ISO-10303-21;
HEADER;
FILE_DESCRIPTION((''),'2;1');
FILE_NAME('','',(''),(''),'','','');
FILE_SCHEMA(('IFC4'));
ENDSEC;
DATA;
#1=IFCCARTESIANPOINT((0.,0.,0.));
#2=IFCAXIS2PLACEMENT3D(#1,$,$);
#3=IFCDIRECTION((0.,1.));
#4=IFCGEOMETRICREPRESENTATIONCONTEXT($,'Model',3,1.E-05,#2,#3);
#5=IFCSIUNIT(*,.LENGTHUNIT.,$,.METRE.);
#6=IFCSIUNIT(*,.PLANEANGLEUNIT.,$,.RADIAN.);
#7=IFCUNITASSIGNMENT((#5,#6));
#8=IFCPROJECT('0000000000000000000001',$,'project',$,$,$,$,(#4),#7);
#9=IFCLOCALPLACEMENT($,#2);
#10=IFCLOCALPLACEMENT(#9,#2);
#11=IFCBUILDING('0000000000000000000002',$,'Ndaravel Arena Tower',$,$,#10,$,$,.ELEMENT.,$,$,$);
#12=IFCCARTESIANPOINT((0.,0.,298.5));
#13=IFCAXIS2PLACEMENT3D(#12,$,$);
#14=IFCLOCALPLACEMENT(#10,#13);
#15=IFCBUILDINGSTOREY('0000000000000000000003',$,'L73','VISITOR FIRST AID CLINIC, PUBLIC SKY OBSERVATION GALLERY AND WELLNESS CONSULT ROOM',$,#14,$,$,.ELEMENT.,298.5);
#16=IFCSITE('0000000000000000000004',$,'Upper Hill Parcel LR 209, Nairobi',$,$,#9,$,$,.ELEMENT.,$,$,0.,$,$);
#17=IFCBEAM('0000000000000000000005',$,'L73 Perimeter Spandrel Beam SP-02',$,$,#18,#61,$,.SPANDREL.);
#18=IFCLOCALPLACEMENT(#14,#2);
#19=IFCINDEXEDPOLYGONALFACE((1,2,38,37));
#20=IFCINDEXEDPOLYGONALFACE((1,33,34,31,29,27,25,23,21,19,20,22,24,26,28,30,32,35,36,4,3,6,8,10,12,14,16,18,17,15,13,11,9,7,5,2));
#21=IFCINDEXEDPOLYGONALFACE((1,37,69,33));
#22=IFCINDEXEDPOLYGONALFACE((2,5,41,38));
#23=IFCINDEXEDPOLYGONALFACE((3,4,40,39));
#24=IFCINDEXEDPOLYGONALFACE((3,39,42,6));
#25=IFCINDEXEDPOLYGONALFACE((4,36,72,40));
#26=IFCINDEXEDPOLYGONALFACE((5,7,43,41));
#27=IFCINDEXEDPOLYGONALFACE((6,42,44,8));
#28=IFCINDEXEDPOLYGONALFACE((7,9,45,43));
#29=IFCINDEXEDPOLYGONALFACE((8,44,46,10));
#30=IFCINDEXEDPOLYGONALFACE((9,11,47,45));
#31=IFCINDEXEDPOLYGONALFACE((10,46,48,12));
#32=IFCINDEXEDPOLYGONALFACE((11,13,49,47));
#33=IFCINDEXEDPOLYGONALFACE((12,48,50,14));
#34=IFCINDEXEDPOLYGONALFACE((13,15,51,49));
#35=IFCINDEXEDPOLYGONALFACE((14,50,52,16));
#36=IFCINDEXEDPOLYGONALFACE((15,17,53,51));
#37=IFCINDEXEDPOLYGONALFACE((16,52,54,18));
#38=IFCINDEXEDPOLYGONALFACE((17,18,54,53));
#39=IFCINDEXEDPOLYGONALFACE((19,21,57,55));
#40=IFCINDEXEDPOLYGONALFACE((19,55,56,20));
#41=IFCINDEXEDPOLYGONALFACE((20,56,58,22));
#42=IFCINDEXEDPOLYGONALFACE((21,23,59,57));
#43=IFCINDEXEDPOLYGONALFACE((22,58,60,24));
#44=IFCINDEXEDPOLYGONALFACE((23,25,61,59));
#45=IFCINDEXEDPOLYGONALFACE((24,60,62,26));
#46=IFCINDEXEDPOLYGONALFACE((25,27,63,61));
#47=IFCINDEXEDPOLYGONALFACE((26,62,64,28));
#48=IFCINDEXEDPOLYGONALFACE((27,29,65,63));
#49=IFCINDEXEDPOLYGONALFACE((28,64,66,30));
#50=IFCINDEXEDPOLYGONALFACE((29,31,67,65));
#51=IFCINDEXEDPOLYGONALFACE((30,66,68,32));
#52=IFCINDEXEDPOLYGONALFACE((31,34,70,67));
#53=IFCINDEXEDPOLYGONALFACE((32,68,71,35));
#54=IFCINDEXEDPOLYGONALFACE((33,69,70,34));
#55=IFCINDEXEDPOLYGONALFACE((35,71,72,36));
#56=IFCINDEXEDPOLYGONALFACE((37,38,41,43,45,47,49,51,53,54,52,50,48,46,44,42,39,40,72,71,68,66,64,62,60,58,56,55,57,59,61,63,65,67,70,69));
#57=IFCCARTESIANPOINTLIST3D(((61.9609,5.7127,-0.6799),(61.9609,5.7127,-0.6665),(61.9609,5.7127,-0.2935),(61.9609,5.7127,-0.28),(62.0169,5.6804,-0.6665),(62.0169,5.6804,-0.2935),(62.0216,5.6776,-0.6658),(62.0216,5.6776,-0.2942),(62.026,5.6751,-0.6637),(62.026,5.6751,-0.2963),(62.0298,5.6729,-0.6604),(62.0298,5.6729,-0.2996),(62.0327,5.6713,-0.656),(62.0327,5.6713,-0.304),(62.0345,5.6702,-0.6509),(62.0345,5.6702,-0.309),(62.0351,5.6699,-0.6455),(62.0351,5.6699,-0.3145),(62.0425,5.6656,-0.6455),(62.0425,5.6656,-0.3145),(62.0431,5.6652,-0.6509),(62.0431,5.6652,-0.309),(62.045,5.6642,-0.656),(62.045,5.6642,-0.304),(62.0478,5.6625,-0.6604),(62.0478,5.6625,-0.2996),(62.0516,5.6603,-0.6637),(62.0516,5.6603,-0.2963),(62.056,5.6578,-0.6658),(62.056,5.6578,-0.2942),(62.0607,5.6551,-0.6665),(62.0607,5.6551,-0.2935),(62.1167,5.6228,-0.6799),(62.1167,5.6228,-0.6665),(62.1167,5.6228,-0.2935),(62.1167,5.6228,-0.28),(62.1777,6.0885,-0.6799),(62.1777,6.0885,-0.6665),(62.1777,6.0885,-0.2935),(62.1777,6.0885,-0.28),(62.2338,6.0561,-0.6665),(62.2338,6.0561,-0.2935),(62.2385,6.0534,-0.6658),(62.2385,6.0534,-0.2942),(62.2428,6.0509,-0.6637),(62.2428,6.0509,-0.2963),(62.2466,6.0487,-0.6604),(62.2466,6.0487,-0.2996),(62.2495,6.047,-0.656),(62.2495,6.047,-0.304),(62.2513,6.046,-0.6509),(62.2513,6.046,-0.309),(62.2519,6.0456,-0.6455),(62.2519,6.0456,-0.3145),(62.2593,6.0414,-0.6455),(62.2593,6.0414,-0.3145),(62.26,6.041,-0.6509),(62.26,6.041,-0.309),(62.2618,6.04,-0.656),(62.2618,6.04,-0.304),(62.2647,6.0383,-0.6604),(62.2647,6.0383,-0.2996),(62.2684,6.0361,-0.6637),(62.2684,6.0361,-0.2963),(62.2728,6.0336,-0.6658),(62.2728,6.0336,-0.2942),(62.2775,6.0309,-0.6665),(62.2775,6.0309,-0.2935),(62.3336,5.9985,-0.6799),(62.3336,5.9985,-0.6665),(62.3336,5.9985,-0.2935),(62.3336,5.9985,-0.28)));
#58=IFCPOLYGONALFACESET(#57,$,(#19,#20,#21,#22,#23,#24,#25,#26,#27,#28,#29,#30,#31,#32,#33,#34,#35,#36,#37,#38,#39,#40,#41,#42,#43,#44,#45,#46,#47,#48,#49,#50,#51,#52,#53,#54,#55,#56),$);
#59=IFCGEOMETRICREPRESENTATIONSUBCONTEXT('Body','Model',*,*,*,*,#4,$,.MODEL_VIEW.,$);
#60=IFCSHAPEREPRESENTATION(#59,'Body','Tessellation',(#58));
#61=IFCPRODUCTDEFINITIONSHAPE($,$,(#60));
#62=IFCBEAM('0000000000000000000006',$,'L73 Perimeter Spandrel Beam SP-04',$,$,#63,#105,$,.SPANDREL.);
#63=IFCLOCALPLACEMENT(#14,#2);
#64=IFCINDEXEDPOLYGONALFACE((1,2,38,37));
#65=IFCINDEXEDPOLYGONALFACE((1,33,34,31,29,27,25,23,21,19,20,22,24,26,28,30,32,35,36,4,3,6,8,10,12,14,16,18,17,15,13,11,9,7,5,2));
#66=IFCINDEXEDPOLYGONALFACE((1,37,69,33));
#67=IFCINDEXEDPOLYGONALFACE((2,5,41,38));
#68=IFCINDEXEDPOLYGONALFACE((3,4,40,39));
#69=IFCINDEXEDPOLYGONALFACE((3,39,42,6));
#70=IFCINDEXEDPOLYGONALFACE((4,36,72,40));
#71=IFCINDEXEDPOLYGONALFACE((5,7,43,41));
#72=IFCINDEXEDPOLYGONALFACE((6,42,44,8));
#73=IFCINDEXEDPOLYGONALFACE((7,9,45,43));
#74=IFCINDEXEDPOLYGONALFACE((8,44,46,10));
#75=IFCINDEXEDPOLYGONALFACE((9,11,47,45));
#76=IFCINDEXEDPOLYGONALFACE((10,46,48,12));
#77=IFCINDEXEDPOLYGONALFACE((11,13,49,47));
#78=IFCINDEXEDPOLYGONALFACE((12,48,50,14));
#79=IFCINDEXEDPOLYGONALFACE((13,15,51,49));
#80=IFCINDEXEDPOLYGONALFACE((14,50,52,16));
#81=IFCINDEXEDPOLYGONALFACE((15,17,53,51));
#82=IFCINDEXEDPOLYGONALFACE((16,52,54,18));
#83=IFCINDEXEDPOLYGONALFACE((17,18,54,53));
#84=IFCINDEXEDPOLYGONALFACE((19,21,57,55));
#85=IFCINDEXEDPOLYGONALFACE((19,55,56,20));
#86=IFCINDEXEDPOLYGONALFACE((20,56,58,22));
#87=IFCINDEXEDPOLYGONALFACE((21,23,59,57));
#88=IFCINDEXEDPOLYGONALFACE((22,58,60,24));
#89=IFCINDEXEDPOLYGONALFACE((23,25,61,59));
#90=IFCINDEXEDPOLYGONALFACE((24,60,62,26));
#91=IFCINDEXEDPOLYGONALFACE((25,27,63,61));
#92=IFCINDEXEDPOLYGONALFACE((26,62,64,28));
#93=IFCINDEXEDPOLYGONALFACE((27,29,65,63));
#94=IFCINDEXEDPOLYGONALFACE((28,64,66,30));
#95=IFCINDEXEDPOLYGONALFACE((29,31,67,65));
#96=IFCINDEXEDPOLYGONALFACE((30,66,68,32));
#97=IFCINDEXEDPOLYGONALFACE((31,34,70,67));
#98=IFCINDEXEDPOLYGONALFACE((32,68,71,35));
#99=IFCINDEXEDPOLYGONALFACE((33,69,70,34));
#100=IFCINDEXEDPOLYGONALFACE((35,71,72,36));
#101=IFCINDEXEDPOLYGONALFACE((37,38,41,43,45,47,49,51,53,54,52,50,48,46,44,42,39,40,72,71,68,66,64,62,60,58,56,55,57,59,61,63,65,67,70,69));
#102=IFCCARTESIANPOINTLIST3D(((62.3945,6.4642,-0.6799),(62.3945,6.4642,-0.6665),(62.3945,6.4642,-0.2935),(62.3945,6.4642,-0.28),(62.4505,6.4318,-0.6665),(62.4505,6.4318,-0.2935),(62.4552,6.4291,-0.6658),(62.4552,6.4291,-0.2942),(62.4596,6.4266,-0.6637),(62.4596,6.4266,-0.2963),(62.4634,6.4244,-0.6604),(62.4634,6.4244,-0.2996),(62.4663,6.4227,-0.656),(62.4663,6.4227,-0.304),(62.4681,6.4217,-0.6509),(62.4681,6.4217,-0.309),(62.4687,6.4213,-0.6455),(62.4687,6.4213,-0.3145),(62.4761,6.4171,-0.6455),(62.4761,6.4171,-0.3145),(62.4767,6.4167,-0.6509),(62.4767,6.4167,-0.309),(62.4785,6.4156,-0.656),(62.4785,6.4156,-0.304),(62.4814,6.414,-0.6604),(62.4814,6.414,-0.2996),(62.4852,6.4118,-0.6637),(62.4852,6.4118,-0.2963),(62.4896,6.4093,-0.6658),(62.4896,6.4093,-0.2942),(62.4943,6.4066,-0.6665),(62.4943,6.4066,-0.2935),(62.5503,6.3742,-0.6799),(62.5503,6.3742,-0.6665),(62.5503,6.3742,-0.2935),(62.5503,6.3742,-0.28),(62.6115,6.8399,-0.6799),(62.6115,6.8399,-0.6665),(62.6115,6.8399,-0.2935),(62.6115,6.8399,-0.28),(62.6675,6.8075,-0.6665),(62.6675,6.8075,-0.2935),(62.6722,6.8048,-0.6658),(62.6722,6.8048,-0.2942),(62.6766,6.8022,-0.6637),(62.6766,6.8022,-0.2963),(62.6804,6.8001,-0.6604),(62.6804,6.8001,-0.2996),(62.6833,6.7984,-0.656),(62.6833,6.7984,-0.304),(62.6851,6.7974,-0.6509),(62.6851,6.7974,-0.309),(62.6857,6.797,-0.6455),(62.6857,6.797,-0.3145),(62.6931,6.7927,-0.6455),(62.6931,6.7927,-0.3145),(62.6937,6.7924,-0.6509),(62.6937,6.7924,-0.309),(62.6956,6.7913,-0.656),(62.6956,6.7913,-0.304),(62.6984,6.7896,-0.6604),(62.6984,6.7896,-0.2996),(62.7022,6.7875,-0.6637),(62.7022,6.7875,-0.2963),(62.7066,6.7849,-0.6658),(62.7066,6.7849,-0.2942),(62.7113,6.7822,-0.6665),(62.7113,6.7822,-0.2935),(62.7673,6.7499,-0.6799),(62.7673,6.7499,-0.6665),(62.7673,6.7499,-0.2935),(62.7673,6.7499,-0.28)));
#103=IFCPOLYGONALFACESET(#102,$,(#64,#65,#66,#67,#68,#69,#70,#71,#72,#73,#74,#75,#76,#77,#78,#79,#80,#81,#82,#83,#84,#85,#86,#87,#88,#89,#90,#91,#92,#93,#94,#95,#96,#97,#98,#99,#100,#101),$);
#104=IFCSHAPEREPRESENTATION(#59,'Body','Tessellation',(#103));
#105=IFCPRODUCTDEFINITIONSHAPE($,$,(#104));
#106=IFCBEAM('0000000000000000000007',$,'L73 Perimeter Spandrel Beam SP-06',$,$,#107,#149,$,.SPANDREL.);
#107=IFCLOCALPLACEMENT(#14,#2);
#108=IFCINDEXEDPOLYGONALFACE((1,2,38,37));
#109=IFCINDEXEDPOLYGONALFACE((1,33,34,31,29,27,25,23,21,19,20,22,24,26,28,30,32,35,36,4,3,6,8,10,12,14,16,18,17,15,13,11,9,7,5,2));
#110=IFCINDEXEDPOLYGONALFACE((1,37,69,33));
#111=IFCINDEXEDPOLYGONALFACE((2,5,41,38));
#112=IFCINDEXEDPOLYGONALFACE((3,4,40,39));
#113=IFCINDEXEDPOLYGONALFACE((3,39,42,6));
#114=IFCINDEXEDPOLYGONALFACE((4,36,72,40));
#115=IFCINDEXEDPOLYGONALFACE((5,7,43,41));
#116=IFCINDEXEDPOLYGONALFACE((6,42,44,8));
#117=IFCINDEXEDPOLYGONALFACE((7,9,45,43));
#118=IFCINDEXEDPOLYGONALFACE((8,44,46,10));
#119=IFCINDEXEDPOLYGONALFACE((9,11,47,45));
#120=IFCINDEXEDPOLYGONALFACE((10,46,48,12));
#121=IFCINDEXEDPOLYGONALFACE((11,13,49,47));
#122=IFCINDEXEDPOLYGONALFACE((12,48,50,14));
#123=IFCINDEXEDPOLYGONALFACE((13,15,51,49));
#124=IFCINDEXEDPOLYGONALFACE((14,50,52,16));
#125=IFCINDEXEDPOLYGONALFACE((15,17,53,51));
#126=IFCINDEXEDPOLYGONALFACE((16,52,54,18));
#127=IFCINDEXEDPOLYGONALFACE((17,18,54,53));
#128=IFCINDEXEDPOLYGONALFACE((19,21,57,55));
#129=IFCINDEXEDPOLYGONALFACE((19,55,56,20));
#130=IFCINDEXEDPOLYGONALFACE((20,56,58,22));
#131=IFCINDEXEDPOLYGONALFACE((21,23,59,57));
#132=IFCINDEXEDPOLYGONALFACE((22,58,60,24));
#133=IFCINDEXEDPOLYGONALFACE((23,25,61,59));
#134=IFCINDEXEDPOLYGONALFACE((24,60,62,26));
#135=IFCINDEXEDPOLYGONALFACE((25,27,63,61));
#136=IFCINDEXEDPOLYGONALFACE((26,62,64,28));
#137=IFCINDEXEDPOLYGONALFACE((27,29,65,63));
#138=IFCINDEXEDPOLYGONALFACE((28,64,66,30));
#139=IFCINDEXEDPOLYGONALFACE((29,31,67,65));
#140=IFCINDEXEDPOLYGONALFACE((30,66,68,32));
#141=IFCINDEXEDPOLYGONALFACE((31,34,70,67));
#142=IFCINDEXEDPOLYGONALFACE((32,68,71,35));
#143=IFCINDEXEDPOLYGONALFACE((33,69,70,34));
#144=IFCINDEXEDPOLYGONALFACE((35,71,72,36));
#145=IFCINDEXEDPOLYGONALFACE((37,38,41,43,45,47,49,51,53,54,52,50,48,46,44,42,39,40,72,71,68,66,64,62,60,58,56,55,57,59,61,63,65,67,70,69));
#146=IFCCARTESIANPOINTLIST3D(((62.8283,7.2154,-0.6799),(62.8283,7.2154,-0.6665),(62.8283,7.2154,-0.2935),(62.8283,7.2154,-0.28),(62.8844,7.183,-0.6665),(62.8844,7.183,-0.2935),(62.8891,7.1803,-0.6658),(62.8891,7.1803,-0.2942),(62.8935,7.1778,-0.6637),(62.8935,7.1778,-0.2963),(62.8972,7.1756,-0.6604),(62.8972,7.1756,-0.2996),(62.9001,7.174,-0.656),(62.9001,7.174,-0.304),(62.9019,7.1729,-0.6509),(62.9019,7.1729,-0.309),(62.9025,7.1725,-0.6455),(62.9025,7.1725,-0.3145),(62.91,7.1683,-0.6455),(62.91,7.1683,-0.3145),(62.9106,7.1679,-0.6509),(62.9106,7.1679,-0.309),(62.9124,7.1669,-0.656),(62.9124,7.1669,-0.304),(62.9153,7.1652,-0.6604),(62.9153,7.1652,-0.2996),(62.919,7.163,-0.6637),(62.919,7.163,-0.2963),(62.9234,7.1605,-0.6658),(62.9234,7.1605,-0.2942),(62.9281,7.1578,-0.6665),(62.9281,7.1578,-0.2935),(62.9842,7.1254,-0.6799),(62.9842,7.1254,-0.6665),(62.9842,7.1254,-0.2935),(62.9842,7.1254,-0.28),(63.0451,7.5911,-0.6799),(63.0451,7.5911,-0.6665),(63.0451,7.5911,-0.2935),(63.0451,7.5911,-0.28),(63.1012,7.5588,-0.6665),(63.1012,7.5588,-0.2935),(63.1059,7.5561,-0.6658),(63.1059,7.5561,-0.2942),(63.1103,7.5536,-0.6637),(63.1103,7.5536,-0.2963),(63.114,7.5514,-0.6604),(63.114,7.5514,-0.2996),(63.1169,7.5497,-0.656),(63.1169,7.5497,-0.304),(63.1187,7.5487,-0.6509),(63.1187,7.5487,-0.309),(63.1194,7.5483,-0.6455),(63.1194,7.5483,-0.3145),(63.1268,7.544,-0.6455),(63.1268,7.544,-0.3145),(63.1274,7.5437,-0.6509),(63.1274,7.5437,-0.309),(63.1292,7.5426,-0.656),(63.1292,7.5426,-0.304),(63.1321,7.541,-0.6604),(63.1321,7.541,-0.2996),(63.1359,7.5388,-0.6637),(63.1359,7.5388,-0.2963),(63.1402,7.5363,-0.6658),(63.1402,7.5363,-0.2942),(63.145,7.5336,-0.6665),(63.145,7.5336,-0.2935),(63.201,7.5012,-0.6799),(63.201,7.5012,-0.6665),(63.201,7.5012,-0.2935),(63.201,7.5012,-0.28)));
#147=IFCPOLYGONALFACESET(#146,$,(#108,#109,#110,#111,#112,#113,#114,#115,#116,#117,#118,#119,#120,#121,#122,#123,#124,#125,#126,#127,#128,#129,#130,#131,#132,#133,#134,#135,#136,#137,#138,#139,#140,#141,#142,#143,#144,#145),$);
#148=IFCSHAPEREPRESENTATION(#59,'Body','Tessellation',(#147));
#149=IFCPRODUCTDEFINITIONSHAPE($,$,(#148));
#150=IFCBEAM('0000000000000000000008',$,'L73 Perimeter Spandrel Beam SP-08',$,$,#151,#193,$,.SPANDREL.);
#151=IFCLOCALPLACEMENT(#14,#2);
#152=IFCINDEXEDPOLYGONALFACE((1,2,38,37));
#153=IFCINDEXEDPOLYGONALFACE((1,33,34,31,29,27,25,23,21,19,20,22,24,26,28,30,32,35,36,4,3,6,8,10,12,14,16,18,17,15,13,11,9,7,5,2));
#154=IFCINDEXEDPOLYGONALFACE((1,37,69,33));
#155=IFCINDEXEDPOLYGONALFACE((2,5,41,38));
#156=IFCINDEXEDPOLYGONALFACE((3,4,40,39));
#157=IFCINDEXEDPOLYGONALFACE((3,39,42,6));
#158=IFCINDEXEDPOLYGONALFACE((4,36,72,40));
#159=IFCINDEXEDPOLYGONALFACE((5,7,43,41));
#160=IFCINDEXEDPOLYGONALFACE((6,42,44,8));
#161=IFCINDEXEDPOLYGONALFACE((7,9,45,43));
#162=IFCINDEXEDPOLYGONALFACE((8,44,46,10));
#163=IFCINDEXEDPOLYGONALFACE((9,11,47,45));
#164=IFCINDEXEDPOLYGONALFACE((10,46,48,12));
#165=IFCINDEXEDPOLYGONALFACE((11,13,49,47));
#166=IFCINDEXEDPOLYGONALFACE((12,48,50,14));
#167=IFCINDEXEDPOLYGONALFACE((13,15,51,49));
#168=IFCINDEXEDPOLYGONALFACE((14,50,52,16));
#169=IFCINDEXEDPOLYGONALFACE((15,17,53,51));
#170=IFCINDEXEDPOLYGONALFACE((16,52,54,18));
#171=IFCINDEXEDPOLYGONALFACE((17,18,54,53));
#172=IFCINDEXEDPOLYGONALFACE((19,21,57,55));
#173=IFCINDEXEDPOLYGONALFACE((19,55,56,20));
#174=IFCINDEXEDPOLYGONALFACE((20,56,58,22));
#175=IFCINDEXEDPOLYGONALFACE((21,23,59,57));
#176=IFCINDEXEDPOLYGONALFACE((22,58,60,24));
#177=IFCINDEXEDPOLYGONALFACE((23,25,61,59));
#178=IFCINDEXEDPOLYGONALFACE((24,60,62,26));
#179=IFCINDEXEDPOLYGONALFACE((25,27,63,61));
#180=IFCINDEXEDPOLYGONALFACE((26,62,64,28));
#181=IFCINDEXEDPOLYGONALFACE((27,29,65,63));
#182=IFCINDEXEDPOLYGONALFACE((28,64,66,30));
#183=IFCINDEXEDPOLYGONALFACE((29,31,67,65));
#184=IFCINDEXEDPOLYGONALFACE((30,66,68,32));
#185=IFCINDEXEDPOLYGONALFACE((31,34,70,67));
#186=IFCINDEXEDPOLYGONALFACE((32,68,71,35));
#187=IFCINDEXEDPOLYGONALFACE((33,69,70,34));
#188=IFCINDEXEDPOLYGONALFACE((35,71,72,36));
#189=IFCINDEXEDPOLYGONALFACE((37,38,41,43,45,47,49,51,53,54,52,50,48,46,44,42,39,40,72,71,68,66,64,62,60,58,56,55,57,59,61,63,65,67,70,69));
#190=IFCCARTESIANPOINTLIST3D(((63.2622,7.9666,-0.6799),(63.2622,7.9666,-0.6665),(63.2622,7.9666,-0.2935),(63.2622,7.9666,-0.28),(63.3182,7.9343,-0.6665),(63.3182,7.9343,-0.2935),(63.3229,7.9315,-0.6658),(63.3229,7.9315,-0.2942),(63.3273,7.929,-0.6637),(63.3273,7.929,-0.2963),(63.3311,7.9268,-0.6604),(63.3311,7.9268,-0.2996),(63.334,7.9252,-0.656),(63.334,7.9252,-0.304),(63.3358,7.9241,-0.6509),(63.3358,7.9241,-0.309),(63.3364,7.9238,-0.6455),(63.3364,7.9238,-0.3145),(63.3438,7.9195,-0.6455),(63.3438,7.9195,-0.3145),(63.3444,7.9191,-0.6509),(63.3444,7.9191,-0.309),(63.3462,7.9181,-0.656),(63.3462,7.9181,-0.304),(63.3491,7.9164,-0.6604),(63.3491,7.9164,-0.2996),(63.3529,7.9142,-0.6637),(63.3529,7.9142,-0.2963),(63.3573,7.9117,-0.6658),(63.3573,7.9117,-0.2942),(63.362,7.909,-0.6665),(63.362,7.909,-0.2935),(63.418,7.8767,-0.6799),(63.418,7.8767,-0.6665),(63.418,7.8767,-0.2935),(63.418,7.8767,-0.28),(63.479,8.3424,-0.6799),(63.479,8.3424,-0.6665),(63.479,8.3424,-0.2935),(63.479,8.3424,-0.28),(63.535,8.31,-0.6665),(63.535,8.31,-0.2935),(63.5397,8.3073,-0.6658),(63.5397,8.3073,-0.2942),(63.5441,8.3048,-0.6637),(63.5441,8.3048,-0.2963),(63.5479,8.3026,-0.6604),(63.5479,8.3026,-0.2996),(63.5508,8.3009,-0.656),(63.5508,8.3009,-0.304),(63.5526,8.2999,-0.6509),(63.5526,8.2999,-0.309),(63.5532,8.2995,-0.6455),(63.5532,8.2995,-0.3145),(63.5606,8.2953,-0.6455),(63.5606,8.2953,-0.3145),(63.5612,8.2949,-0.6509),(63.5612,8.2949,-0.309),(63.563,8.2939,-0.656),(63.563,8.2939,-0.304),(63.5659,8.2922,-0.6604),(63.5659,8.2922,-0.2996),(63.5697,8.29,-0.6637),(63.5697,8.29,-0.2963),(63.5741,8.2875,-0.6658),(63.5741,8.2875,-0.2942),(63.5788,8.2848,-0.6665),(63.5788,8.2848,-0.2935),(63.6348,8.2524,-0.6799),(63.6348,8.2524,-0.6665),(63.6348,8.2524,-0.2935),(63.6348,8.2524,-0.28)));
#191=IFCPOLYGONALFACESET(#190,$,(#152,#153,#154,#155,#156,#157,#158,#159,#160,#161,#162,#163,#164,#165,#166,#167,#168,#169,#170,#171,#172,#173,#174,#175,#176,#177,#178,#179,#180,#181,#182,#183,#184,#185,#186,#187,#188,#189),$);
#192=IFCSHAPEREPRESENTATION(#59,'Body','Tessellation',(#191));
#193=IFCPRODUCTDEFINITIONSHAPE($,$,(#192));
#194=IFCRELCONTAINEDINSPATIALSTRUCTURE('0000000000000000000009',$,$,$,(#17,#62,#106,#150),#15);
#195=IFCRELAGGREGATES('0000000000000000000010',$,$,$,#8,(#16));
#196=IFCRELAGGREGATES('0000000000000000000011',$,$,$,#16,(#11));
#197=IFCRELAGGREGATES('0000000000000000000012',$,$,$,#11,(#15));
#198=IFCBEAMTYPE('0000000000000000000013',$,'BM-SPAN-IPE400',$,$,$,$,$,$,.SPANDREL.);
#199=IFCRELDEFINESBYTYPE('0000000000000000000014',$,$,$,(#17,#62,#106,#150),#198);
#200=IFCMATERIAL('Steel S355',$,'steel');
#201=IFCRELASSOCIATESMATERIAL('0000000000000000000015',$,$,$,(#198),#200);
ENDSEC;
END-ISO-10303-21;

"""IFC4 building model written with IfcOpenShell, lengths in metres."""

from ifc_helpers import new_model, si_unit, direction, frame, origin, origin_2d, place, context, subcontext, project, spatial, i_section, extrude, material, material_profile, profile_set, type_object, element, save


model = new_model("IFC4")

# Units and contexts
model_context = context("Model", 3, precision=1e-05, world=origin(), true_north=direction((0.0, 1.0)))
body_context = subcontext(model_context, "Body", "Model", "MODEL_VIEW")
ifc_project = project(units=[si_unit("LENGTHUNIT", "METRE"), si_unit("PLANEANGLEUNIT", "RADIAN")], contexts=[model_context])

# Site, building, storey
site_placement = place(None, origin())
site = spatial("IfcSite", under=ifc_project, at=site_placement, Name="Upper Hill Parcel LR 209, Nairobi", CompositionType="ELEMENT", RefElevation=0.0)
building_placement = place(site_placement, origin())
building = spatial("IfcBuilding", under=site, at=building_placement, Name="Ndaravel Arena Tower", CompositionType="ELEMENT")
storey_placement = place(building_placement, frame((0.0, 0.0, 298.5)))
storey = spatial("IfcBuildingStorey", under=building, at=storey_placement, Name="L73", Description="VISITOR FIRST AID CLINIC, PUBLIC SKY OBSERVATION GALLERY AND WELLNESS CONSULT ROOM", CompositionType="ELEMENT", Elevation=298.5)

# Beams
ifc_material_1 = material(Name="Steel S355", Category="steel")
ifc_material_profile_1 = material_profile(ifc_material_1, i_section(OverallWidth=0.1799, OverallDepth=0.3999, WebThickness=0.0085, FlangeThickness=0.0134, FilletRadius=0.021, at=origin_2d()), Name="IPE 400")
ifc_profile_set_1 = profile_set([ifc_material_profile_1], Name="Steel S355")
beam_type = type_object("IfcBeamType", Name="BM-SPAN-IPE400", PredefinedType="SPANDREL", material=ifc_profile_set_1)
for number, where, z_axis, x_axis, name in (
    (1, (62.0388, 5.6677, -0.48), (0.499771, 0.866157, 0.0), (-0.866157, 0.499771, 0.0), "L73 Perimeter Spandrel Beam SP-02"),
    (2, (62.4724, 6.4192, -0.48), (0.500193, 0.865914, 0.0), (-0.865914, 0.500193, 0.0), "L73 Perimeter Spandrel Beam SP-04"),
    (3, (62.9062, 7.1704, -0.48), (0.499771, 0.866157, 0.0), (-0.866157, 0.499771, 0.0), "L73 Perimeter Spandrel Beam SP-06"),
    (4, (63.3401, 7.9216, -0.48), (0.499771, 0.866157, 0.0), (-0.866157, 0.499771, 0.0), "L73 Perimeter Spandrel Beam SP-08"),
):
    element("IfcBeam", number, at=place(storey_placement, frame(where, z_axis=z_axis, x_axis=x_axis)), inside=storey, type_object=beam_type, Name=name, PredefinedType="SPANDREL", context=body_context, shape_type="SweptSolid", body=[
        extrude(i_section(OverallWidth=0.1799, OverallDepth=0.3999, WebThickness=0.0085, FlangeThickness=0.0134, FilletRadius=0.021, at=origin_2d()), origin(), (0.0, 0.0, 1.0), 0.4338),
    ])

save(model, "model.ifc")
